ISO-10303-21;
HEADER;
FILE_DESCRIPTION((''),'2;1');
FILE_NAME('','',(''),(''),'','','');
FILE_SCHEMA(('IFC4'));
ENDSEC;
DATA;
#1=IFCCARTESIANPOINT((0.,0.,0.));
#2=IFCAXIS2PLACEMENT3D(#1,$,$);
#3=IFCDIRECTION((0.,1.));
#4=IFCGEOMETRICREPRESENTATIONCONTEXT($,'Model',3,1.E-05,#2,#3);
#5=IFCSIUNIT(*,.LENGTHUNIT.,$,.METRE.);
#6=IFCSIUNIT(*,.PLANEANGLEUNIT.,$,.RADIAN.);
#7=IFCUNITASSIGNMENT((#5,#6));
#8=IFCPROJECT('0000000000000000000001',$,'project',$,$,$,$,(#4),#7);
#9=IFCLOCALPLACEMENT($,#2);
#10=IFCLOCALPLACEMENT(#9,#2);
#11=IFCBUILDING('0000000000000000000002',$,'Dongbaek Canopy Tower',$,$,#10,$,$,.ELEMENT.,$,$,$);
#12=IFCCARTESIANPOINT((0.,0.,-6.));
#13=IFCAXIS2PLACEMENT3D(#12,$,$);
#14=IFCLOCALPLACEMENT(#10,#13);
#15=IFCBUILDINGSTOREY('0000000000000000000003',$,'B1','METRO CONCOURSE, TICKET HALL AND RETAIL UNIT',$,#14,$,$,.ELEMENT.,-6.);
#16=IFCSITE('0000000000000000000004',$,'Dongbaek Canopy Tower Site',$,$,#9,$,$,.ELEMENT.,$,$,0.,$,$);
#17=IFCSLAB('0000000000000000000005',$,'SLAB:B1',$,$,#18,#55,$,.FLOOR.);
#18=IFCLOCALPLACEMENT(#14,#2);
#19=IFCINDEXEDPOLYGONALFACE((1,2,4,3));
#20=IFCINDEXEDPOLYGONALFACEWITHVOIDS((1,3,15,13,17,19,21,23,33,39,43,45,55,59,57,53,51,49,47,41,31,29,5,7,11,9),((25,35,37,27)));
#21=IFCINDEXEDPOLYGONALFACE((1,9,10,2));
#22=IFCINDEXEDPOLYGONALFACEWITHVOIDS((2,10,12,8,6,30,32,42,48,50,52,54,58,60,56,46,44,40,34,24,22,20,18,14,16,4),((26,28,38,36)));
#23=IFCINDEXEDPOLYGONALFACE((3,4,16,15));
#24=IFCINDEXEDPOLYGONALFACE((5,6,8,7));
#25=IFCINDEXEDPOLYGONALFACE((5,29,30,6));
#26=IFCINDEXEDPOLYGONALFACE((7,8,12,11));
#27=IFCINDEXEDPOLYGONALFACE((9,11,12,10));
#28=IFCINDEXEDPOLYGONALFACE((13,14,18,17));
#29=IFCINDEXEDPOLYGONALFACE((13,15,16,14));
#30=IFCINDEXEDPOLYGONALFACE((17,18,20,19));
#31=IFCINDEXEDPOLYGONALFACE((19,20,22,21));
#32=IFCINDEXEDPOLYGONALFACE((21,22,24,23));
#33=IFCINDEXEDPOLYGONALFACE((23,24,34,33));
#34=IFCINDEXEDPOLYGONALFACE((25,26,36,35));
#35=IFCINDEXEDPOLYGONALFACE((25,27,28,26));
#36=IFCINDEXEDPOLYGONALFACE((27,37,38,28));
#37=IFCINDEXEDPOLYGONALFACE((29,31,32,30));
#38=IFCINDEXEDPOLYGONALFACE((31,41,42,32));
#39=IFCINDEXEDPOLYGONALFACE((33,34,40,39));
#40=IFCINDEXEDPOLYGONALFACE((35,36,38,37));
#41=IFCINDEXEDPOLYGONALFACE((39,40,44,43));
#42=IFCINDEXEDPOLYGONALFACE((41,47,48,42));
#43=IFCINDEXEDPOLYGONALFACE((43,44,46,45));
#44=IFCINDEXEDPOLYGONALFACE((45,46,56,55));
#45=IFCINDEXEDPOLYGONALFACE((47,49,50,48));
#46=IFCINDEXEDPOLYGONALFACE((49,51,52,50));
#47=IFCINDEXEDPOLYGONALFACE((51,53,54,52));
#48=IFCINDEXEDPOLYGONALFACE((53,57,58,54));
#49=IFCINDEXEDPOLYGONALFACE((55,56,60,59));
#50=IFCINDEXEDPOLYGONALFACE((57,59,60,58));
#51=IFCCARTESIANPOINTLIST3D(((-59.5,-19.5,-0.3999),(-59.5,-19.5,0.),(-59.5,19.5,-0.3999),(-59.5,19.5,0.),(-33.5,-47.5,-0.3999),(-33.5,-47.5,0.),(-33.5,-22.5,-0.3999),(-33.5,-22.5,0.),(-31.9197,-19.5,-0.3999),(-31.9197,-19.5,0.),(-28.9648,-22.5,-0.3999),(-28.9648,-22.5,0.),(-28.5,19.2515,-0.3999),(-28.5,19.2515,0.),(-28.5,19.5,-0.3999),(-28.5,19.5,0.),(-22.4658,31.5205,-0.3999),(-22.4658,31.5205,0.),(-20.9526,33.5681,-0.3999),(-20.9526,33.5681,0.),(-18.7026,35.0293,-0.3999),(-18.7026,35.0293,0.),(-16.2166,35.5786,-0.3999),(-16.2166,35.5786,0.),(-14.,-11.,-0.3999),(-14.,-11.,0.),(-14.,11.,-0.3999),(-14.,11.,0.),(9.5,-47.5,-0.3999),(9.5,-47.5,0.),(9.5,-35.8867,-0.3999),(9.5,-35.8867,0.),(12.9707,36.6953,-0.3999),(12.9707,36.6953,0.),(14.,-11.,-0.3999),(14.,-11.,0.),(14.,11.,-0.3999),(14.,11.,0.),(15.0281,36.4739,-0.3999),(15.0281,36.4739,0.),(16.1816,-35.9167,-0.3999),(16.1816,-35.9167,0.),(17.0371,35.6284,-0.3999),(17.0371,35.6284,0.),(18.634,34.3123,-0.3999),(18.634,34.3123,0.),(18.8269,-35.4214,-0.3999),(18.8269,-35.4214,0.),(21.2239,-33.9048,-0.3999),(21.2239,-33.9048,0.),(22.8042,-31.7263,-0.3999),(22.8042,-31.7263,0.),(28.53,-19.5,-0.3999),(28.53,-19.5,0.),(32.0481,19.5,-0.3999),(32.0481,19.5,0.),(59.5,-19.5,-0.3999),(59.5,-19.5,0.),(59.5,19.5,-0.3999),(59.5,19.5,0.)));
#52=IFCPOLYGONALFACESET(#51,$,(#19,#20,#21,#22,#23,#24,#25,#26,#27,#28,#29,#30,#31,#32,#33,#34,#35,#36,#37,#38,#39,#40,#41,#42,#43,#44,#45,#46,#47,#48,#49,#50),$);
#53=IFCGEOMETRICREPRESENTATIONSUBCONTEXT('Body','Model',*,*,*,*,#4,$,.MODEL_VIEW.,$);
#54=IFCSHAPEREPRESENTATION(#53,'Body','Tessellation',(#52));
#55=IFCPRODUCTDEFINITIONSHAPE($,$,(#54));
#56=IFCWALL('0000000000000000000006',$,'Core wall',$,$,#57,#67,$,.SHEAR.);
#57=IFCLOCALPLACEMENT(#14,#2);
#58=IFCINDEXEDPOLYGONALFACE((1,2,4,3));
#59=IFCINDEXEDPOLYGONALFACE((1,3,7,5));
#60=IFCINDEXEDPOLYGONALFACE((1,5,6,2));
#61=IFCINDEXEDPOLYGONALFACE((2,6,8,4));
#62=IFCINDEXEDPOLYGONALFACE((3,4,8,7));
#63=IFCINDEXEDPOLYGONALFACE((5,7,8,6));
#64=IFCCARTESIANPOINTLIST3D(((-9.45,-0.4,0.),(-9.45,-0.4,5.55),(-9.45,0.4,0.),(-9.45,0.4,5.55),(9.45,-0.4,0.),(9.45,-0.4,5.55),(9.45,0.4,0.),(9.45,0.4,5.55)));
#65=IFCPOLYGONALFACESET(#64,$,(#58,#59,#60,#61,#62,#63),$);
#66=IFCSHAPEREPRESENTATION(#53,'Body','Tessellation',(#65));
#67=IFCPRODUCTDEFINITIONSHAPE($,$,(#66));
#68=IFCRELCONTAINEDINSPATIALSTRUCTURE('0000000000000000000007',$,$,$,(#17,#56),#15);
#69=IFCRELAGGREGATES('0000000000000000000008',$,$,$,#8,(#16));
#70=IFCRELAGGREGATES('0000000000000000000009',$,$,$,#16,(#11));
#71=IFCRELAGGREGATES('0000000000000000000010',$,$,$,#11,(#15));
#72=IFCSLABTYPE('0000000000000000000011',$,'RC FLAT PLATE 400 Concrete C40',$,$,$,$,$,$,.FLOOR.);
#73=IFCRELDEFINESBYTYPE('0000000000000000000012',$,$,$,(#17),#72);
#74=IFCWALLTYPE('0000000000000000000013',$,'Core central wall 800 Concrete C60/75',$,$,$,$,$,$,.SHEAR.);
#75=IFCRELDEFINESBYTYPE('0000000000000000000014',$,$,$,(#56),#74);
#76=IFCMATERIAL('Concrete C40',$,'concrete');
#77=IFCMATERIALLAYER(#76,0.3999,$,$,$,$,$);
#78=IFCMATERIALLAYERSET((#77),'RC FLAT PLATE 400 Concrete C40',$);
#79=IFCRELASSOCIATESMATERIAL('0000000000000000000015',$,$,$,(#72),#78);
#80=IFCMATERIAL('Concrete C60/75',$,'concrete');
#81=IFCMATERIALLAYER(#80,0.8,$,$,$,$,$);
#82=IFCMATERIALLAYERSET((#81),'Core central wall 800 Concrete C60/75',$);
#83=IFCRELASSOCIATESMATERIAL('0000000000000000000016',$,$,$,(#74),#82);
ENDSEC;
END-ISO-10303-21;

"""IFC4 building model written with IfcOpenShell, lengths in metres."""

from ifc_helpers import new_model, si_unit, direction, frame, frame_2d, origin, place, context, subcontext, project, spatial, polyline, rectangle, outline, extrude, material, layer, layer_set, type_object, element, save


model = new_model("IFC4")

# Units and contexts
model_context = context("Model", 3, precision=1e-05, world=origin(), true_north=direction((0.0, 1.0)))
body_context = subcontext(model_context, "Body", "Model", "MODEL_VIEW")
ifc_project = project(units=[si_unit("LENGTHUNIT", "METRE"), si_unit("PLANEANGLEUNIT", "RADIAN")], contexts=[model_context])

# Site, building, storey
site_placement = place(None, origin())
site = spatial("IfcSite", under=ifc_project, at=site_placement, Name="Dongbaek Canopy Tower Site", CompositionType="ELEMENT", RefElevation=0.0)
building_placement = place(site_placement, origin())
building = spatial("IfcBuilding", under=site, at=building_placement, Name="Dongbaek Canopy Tower", CompositionType="ELEMENT")
storey_placement = place(building_placement, frame((0.0, 0.0, -6.0)))
storey = spatial("IfcBuildingStorey", under=building, at=storey_placement, Name="B1", Description="METRO CONCOURSE, TICKET HALL AND RETAIL UNIT", CompositionType="ELEMENT", Elevation=-6.0)

# Slab
ifc_material_1 = material(Name="Concrete C40", Category="concrete")
ifc_layer_1 = layer(ifc_material_1, 0.3999)
ifc_layer_set_1 = layer_set([ifc_layer_1], Name="RC FLAT PLATE 400 Concrete C40")
slab_type = type_object("IfcSlabType", Name="RC FLAT PLATE 400 Concrete C40", PredefinedType="FLOOR", material=ifc_layer_set_1)
slab_placement = place(storey_placement, frame((0.0, 0.0, -0.3999)))
element("IfcSlab", 1, at=slab_placement, inside=storey, type_object=slab_type, Name="SLAB:B1", PredefinedType="FLOOR", context=body_context, shape_type="SweptSolid", body=[
    extrude(outline(polyline([(-33.5, -22.5), (-28.9648, -22.5), (-31.9197, -19.5), (-59.5, -19.5), (-59.5, 19.5), (-28.5, 19.5), (-28.5, 19.2515), (-22.4658, 31.5205), (-20.9526, 33.5681), (-18.7026, 35.0293), (-16.2166, 35.5786), (12.9707, 36.6953), (15.0281, 36.4739), (17.0371, 35.6284), (18.634, 34.3123), (32.0481, 19.5), (59.5, 19.5), (59.5, -19.5), (28.53, -19.5), (22.8042, -31.7263), (21.2239, -33.9048), (18.8269, -35.4214), (16.1816, -35.9167), (9.5, -35.8867), (9.5, -47.5), (-33.5, -47.5), (-33.5, -22.5)]), holes=[polyline([(14.0, 11.0), (-14.0, 11.0), (-14.0, -11.0), (14.0, -11.0), (14.0, 11.0)])]), origin(), (0.0, 0.0, 1.0), 0.3999),
])

# Wall
ifc_material_2 = material(Name="Concrete C60/75", Category="concrete")
ifc_layer_2 = layer(ifc_material_2, 0.8)
ifc_layer_set_2 = layer_set([ifc_layer_2], Name="Core central wall 800 Concrete C60/75")
wall_type_1 = type_object("IfcWallType", Name="Core central wall 800 Concrete C60/75", PredefinedType="SHEAR", material=ifc_layer_set_2)
wall_1_placement = place(storey_placement, frame((-9.45, 0.0, 0.0), z_axis=(0.0, 0.0, 1.0), x_axis=(1.0, 0.0, 0.0)))
element("IfcWall", 2, at=wall_1_placement, inside=storey, type_object=wall_type_1, Name="Core wall", PredefinedType="SHEAR", context=body_context, shape_type="SweptSolid", body=[
    extrude(rectangle(XDim=18.8999, YDim=0.8, at=frame_2d((9.45, 0.0))), origin(), (0.0, 0.0, 1.0), 5.55),
])

save(model, "model.ifc")
